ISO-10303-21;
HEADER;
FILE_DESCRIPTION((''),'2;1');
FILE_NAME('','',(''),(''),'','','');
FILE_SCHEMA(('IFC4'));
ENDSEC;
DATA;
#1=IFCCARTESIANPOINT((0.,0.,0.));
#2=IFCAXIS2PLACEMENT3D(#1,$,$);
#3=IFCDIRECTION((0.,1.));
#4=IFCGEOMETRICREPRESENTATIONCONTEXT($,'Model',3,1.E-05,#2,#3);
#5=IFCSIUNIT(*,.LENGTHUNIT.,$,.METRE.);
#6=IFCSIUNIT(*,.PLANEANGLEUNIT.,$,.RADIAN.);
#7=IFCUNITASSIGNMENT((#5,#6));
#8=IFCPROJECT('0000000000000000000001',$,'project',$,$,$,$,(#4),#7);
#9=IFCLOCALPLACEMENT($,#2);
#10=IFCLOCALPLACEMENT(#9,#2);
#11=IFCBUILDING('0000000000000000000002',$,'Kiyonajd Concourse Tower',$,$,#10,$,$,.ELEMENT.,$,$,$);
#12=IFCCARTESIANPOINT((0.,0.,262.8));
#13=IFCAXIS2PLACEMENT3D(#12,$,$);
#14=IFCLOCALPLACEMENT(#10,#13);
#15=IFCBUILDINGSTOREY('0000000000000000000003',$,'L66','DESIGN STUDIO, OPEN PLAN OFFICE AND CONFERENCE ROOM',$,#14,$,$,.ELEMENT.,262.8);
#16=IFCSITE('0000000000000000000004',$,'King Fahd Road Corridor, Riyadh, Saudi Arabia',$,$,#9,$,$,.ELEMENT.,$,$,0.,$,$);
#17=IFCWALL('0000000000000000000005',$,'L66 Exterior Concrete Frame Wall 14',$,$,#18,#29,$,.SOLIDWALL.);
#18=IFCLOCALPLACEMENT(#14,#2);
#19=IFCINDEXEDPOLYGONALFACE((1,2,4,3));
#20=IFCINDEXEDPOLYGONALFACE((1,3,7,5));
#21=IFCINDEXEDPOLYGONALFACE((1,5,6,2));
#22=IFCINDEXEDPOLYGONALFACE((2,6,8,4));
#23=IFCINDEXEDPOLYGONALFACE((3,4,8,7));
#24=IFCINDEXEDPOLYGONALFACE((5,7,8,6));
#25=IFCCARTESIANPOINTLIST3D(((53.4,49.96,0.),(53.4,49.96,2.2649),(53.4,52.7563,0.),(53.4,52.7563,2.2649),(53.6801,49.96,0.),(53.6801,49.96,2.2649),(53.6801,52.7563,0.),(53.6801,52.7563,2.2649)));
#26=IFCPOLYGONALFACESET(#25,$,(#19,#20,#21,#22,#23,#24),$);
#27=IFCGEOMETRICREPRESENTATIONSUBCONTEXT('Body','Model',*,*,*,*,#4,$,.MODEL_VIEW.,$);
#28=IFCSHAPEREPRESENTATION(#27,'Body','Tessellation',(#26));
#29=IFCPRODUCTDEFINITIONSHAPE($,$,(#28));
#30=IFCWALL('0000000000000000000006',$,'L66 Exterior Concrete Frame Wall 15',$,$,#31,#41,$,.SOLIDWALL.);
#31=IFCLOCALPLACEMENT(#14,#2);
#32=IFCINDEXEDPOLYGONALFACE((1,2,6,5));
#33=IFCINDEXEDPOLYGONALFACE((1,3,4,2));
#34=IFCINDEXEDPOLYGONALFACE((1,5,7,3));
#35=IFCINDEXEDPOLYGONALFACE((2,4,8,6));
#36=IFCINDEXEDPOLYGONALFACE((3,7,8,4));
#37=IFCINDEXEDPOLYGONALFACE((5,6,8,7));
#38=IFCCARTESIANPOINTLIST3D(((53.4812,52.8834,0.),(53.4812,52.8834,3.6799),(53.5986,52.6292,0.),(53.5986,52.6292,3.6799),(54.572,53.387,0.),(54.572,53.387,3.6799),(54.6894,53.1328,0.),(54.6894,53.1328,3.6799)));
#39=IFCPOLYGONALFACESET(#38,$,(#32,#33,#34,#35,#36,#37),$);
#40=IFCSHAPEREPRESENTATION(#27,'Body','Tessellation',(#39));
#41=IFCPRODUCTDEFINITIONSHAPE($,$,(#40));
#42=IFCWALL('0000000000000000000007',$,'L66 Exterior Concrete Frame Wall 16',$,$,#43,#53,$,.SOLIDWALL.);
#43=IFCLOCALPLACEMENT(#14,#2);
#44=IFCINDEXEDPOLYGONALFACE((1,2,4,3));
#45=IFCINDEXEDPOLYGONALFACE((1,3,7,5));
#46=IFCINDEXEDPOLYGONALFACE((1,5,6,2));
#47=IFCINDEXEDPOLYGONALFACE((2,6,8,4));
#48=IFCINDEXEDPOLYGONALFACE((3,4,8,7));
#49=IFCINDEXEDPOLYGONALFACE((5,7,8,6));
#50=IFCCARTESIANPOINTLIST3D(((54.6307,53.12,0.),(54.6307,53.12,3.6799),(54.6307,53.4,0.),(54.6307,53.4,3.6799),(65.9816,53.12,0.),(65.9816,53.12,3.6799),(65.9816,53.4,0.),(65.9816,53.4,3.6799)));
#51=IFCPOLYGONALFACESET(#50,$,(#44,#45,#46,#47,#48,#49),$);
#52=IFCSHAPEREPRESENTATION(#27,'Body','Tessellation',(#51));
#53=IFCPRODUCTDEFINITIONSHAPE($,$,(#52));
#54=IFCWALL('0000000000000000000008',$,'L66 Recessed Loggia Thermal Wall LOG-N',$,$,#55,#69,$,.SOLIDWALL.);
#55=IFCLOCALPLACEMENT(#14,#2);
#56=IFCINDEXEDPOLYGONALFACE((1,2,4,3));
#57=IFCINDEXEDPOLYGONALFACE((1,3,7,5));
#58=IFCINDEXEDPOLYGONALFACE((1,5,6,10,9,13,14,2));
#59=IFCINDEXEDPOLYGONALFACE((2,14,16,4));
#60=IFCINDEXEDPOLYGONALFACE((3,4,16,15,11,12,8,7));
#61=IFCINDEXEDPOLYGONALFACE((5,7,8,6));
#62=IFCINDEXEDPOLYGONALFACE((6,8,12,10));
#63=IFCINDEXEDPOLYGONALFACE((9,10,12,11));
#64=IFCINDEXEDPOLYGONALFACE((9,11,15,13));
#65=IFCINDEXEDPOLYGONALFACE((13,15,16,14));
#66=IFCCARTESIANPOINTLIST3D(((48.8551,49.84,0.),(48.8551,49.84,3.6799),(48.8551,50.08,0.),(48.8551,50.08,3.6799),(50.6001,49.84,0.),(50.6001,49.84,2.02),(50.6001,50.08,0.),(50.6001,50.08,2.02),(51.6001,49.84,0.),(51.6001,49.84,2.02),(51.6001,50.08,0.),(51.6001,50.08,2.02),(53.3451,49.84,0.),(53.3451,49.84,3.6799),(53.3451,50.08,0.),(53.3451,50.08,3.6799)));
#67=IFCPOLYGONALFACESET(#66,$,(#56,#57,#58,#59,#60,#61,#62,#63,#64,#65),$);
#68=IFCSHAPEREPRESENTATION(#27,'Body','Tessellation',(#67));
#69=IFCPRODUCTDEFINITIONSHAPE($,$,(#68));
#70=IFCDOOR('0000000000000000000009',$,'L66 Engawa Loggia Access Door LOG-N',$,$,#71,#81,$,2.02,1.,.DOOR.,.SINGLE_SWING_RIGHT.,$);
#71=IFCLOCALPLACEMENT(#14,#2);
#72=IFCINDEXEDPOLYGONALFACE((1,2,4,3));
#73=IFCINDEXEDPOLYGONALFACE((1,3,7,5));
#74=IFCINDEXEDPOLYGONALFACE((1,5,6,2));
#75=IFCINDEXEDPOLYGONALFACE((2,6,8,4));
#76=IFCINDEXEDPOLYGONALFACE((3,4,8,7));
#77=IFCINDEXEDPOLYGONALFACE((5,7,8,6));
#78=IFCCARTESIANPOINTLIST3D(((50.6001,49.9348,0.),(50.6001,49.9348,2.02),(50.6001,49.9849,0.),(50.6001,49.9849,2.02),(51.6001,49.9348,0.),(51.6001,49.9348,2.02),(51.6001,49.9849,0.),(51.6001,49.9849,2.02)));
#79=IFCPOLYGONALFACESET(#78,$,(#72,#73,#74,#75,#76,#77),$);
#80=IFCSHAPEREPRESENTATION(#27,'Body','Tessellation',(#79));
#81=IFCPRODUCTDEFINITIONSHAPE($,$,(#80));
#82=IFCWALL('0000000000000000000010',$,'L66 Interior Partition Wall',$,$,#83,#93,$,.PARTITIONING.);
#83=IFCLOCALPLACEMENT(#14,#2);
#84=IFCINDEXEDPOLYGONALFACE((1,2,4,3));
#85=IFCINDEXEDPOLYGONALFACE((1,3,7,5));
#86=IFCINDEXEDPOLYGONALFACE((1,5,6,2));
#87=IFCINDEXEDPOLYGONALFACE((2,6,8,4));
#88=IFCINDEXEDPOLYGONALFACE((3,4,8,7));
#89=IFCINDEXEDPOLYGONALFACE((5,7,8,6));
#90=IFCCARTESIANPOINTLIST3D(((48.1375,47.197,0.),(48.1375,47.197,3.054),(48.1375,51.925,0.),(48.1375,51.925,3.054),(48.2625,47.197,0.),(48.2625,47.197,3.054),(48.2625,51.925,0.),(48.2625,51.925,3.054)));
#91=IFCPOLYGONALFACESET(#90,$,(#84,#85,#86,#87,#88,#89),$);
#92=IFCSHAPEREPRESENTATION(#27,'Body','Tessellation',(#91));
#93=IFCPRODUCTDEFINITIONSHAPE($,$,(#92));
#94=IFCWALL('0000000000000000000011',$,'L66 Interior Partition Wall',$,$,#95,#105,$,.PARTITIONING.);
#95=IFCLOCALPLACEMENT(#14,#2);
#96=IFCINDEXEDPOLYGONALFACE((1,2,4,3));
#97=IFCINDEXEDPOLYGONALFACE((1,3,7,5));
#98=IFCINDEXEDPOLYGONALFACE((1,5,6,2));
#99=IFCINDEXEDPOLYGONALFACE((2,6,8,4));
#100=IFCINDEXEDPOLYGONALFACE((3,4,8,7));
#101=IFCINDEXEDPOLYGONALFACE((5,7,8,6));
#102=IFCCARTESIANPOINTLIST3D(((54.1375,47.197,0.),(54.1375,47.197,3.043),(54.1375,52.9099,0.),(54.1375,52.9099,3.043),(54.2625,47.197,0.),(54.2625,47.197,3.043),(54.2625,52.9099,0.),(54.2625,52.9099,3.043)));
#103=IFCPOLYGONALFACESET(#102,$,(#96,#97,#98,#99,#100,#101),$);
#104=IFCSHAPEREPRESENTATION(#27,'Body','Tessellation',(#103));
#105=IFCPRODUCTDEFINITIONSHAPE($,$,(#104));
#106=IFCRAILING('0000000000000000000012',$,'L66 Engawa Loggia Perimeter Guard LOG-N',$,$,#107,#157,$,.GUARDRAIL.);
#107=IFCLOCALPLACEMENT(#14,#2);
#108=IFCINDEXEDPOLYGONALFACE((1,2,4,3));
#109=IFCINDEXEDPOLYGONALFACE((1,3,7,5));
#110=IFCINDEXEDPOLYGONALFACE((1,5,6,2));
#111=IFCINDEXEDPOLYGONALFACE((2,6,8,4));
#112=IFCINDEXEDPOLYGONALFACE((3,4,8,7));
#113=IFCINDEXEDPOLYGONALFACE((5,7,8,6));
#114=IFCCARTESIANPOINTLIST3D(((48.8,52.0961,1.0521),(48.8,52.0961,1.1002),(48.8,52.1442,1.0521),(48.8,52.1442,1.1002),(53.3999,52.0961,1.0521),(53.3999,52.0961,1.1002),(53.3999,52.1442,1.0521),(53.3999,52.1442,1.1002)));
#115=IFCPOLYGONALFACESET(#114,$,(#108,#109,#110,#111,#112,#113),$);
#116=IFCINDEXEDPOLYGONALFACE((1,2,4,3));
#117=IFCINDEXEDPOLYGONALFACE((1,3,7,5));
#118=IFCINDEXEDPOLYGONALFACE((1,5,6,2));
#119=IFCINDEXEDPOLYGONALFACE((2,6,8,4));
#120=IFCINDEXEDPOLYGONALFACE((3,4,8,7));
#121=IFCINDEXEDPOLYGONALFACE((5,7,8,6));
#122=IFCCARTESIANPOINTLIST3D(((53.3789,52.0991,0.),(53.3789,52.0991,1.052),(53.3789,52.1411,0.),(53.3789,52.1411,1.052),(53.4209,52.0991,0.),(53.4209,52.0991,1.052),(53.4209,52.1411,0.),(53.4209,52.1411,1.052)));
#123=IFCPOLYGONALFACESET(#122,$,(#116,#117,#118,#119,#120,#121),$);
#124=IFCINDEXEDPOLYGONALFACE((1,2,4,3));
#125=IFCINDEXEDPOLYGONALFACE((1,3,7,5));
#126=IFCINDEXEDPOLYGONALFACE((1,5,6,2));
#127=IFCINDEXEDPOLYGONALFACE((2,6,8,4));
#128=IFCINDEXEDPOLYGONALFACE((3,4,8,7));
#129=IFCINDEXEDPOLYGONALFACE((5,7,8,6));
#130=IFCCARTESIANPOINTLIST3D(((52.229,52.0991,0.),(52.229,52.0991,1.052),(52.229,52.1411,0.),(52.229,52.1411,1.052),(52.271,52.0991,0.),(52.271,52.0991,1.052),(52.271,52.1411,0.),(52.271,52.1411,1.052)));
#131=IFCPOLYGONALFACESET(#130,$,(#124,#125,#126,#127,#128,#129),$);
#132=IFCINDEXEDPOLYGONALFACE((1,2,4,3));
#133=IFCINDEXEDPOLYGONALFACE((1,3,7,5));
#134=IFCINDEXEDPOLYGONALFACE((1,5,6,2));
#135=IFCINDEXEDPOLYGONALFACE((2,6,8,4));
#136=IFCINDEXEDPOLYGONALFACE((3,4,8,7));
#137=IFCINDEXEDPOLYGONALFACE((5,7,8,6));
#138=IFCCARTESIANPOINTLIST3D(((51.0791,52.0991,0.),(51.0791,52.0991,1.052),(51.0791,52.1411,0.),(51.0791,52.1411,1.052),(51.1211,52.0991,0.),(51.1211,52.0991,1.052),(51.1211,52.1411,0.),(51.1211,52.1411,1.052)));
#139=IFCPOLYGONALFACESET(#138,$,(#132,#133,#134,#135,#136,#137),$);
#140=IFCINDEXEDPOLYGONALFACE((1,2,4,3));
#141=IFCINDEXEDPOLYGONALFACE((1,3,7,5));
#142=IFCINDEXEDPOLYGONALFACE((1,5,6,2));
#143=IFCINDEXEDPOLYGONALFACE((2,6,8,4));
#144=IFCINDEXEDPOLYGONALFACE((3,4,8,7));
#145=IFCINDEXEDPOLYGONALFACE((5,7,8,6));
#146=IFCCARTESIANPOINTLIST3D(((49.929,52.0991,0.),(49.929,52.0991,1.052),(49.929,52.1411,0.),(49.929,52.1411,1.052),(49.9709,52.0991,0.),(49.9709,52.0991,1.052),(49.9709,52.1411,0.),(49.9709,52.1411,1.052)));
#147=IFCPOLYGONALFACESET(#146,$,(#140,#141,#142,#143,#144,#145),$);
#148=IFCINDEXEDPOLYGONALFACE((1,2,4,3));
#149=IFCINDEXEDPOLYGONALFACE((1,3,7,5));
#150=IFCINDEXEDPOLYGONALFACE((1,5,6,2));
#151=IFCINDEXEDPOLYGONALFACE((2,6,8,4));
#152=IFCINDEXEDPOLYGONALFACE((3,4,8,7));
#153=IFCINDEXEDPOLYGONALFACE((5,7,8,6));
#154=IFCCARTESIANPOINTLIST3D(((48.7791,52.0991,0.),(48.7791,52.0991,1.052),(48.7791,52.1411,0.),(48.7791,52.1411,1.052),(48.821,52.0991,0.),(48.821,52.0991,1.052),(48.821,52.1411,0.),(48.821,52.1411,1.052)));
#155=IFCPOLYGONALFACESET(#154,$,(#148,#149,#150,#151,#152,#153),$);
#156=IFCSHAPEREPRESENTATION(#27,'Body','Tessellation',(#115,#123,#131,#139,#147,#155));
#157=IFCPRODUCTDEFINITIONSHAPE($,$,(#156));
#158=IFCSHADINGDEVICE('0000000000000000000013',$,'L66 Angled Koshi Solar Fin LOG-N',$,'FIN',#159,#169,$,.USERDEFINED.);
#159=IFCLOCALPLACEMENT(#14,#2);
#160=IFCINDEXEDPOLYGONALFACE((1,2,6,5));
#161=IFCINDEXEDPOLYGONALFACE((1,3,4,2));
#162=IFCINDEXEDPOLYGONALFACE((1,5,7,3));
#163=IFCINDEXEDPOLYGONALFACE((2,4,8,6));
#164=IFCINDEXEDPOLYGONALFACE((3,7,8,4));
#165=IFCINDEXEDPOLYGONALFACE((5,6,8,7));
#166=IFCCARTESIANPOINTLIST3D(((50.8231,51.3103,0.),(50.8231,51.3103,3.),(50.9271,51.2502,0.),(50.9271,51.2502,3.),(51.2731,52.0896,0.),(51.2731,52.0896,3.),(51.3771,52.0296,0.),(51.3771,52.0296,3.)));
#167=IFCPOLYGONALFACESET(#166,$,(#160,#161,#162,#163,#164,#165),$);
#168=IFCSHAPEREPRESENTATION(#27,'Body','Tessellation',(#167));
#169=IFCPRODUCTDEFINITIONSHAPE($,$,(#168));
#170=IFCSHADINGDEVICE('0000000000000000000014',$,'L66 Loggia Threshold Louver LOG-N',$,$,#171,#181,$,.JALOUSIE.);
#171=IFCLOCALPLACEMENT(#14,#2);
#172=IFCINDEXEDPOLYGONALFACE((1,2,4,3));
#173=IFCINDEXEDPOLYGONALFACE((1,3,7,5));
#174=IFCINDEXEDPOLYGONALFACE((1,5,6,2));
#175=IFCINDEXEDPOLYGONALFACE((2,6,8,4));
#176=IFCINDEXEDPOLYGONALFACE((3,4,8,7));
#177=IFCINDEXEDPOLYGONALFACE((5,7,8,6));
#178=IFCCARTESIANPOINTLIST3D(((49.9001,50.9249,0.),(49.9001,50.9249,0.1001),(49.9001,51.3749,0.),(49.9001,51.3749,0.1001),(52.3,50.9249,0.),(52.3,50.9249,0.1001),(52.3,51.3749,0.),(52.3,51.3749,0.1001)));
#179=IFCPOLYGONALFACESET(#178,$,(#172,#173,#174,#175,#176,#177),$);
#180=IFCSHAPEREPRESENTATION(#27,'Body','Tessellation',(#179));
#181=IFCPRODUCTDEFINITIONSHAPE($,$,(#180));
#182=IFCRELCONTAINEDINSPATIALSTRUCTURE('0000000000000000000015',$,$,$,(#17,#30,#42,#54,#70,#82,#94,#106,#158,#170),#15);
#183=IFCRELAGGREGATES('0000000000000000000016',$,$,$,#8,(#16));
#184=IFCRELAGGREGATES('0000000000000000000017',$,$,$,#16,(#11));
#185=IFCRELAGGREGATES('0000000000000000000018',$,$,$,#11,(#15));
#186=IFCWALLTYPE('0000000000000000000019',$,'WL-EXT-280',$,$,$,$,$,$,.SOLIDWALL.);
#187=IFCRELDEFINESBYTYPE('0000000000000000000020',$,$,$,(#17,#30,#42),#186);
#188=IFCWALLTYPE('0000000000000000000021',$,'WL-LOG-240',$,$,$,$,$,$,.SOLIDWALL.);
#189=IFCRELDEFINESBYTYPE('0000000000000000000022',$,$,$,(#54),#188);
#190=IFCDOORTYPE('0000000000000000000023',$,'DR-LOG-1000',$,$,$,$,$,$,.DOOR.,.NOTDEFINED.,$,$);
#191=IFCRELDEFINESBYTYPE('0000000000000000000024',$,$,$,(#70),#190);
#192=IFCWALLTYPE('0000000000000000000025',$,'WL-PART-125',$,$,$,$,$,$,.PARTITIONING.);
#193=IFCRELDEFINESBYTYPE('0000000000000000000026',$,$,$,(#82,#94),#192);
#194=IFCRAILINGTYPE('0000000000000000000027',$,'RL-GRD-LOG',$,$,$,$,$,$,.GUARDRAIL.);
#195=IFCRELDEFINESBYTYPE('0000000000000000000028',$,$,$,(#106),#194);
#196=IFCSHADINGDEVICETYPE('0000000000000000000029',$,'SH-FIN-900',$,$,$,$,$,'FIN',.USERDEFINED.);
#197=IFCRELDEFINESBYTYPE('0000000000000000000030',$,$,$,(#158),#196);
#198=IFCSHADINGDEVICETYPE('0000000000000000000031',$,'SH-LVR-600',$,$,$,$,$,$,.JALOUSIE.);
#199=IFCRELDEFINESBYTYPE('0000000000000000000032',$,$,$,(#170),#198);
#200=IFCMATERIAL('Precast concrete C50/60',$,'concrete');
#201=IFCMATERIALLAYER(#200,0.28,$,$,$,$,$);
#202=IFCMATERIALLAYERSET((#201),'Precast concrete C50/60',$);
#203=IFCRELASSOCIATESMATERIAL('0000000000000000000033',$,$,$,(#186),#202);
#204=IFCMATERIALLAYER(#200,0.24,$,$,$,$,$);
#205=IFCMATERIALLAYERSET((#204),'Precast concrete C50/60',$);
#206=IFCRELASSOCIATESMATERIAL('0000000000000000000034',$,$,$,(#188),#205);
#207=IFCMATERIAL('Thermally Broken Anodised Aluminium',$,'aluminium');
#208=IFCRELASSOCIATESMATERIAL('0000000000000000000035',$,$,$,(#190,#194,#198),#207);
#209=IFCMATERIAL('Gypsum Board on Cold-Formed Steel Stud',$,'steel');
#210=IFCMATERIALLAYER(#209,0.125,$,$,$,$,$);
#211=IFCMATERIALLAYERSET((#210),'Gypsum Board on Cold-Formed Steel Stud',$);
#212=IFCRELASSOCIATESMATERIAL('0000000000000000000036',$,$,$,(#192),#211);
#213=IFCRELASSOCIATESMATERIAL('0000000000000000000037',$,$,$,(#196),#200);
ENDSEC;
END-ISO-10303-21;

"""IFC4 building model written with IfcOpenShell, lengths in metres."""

from ifc_helpers import new_model, si_unit, direction, frame, frame_2d, origin, origin_2d, place, context, subcontext, project, spatial, rectangle, extrude, material, layer, layer_set, type_object, element, fill, save


model = new_model("IFC4")

# Units and contexts
model_context = context("Model", 3, precision=1e-05, world=origin(), true_north=direction((0.0, 1.0)))
body_context = subcontext(model_context, "Body", "Model", "MODEL_VIEW")
ifc_project = project(units=[si_unit("LENGTHUNIT", "METRE"), si_unit("PLANEANGLEUNIT", "RADIAN")], contexts=[model_context])

# Site, building, storey
site_placement = place(None, origin())
site = spatial("IfcSite", under=ifc_project, at=site_placement, Name="King Fahd Road Corridor, Riyadh, Saudi Arabia", CompositionType="ELEMENT", RefElevation=0.0)
building_placement = place(site_placement, origin())
building = spatial("IfcBuilding", under=site, at=building_placement, Name="Kiyonajd Concourse Tower", CompositionType="ELEMENT")
storey_placement = place(building_placement, frame((0.0, 0.0, 262.8)))
storey = spatial("IfcBuildingStorey", under=building, at=storey_placement, Name="L66", Description="DESIGN STUDIO, OPEN PLAN OFFICE AND CONFERENCE ROOM", CompositionType="ELEMENT", Elevation=262.8)

# Shared definitions
ifc_material_1 = material(Name="Thermally Broken Anodised Aluminium", Category="aluminium")

# Walls
ifc_material_2 = material(Name="Precast concrete C50/60", Category="concrete")
ifc_layer_1 = layer(ifc_material_2, 0.28)
ifc_layer_set_1 = layer_set([ifc_layer_1], Name="Precast concrete C50/60")
wall_type_1 = type_object("IfcWallType", Name="WL-EXT-280", PredefinedType="SOLIDWALL", material=ifc_layer_set_1)
wall_1_placement = place(storey_placement, frame((53.54, 49.96, 0.0), z_axis=(0.0, 0.0, 1.0), x_axis=(0.0, 1.0, 0.0)))
element("IfcWall", 1, at=wall_1_placement, inside=storey, type_object=wall_type_1, Name="L66 Exterior Concrete Frame Wall 14", PredefinedType="SOLIDWALL", context=body_context, shape_type="SweptSolid", body=[
    extrude(rectangle(XDim=2.7964, YDim=0.28, at=frame_2d((1.3982, 0.0))), origin(), (0.0, 0.0, 1.0), 2.2649),
])
wall_2_placement = place(storey_placement, frame((53.54, 52.7563, 0.0), z_axis=(0.0, 0.0, 1.0), x_axis=(0.907894, 0.4192, 0.0)))
element("IfcWall", 2, at=wall_2_placement, inside=storey, type_object=wall_type_1, Name="L66 Exterior Concrete Frame Wall 15", PredefinedType="SOLIDWALL", context=body_context, shape_type="SweptSolid", body=[
    extrude(rectangle(XDim=1.2014, YDim=0.28, at=frame_2d((0.6006, 0.0))), origin(), (0.0, 0.0, 1.0), 3.6799),
])
wall_3_placement = place(storey_placement, frame((54.6309, 53.26, 0.0), z_axis=(0.0, 0.0, 1.0), x_axis=(1.0, 0.0, 0.0)))
element("IfcWall", 3, at=wall_3_placement, inside=storey, type_object=wall_type_1, Name="L66 Exterior Concrete Frame Wall 16", PredefinedType="SOLIDWALL", context=body_context, shape_type="SweptSolid", body=[
    extrude(rectangle(XDim=11.3508, YDim=0.28, at=frame_2d((5.6753, 0.0))), origin(), (0.0, 0.0, 1.0), 3.6799),
])

# Wall, opening, door
ifc_layer_2 = layer(ifc_material_2, 0.24)
ifc_layer_set_2 = layer_set([ifc_layer_2], Name="Precast concrete C50/60")
wall_type_2 = type_object("IfcWallType", Name="WL-LOG-240", PredefinedType="SOLIDWALL", material=ifc_layer_set_2)
wall_4_placement = place(storey_placement, frame((48.855, 49.96, 0.0), z_axis=(0.0, 0.0, 1.0), x_axis=(1.0, 0.0, 0.0)))
wall_4 = element("IfcWall", 4, at=wall_4_placement, inside=storey, type_object=wall_type_2, Name="L66 Recessed Loggia Thermal Wall LOG-N", PredefinedType="SOLIDWALL", context=body_context, shape_type="SweptSolid", body=[
    extrude(rectangle(XDim=4.49, YDim=0.24, at=frame_2d((2.2451, 0.0))), origin(), (0.0, 0.0, 1.0), 3.6799),
])
opening_placement = place(wall_4_placement, frame((1.7451, 0.0, 0.0)))
opening = element("IfcOpeningElement", 5, at=opening_placement, cuts=wall_4, PredefinedType="OPENING", context=body_context, shape_type="SweptSolid", body=[
    extrude(rectangle(XDim=1.0, YDim=2.02, at=frame_2d((0.5, 1.01))), frame((0.0, 0.1299, 0.0), z_axis=(0.0, -1.0, 0.0), x_axis=(1.0, 0.0, 0.0)), (0.0, 0.0, 1.0), 0.26),
])
door_type = type_object("IfcDoorType", Name="DR-LOG-1000", OperationType="NOTDEFINED", PredefinedType="DOOR", material=ifc_material_1)
door_placement = place(opening_placement, origin())
door = element("IfcDoor", 6, at=door_placement, inside=storey, type_object=door_type, Name="L66 Engawa Loggia Access Door LOG-N", OperationType="SINGLE_SWING_RIGHT", OverallHeight=2.02, OverallWidth=1.0, PredefinedType="DOOR", context=body_context, shape_type="SweptSolid", body=[
    extrude(rectangle(XDim=1.0, YDim=2.02, at=frame_2d((0.5, 1.01))), frame((0.0, 0.0249, 0.0), z_axis=(0.0, -1.0, 0.0), x_axis=(1.0, 0.0, 0.0)), (0.0, 0.0, 1.0), 0.05),
])
fill(opening, door)

# Walls
ifc_material_3 = material(Name="Gypsum Board on Cold-Formed Steel Stud", Category="steel")
ifc_layer_3 = layer(ifc_material_3, 0.125)
ifc_layer_set_3 = layer_set([ifc_layer_3], Name="Gypsum Board on Cold-Formed Steel Stud")
wall_type_3 = type_object("IfcWallType", Name="WL-PART-125", PredefinedType="PARTITIONING", material=ifc_layer_set_3)
wall_5_placement = place(storey_placement, frame((48.2, 47.197, 0.0), z_axis=(0.0, 0.0, 1.0), x_axis=(0.0, 1.0, 0.0)))
element("IfcWall", 7, at=wall_5_placement, inside=storey, type_object=wall_type_3, Name="L66 Interior Partition Wall", PredefinedType="PARTITIONING", context=body_context, shape_type="SweptSolid", body=[
    extrude(rectangle(XDim=4.728, YDim=0.125, at=frame_2d((2.364, 0.0))), origin(), (0.0, 0.0, 1.0), 3.054),
])
wall_6_placement = place(storey_placement, frame((54.2, 47.197, 0.0), z_axis=(0.0, 0.0, 1.0), x_axis=(0.0, 1.0, 0.0)))
element("IfcWall", 8, at=wall_6_placement, inside=storey, type_object=wall_type_3, Name="L66 Interior Partition Wall", PredefinedType="PARTITIONING", context=body_context, shape_type="SweptSolid", body=[
    extrude(rectangle(XDim=5.7129, YDim=0.125, at=frame_2d((2.8564, 0.0))), origin(), (0.0, 0.0, 1.0), 3.043),
])

# Railing
railing_type = type_object("IfcRailingType", Name="RL-GRD-LOG", PredefinedType="GUARDRAIL", material=ifc_material_1)
railing_placement = place(storey_placement, frame((53.3999, 52.1201, 0.0)))
element("IfcRailing", 9, at=railing_placement, inside=storey, type_object=railing_type, Name="L66 Engawa Loggia Perimeter Guard LOG-N", PredefinedType="GUARDRAIL", context=body_context, shape_type="SweptSolid", body=[
    extrude(rectangle(XDim=0.0481, YDim=0.0481, at=origin_2d()), frame((0.0, 0.0, 1.0762), z_axis=(-1.0, 0.0, 0.0), x_axis=(0.0, -1.0, 0.0)), (0.0, 0.0, 1.0), 4.5999),
    extrude(rectangle(XDim=0.042, YDim=0.042, at=origin_2d()), origin(), (0.0, 0.0, 1.0), 1.052),
    extrude(rectangle(XDim=0.042, YDim=0.042, at=origin_2d()), frame((-1.1499, 0.0, 0.0)), (0.0, 0.0, 1.0), 1.052),
    extrude(rectangle(XDim=0.042, YDim=0.042, at=origin_2d()), frame((-2.2998, 0.0, 0.0)), (0.0, 0.0, 1.0), 1.052),
    extrude(rectangle(XDim=0.042, YDim=0.042, at=origin_2d()), frame((-3.45, 0.0, 0.0)), (0.0, 0.0, 1.0), 1.052),
    extrude(rectangle(XDim=0.042, YDim=0.042, at=origin_2d()), frame((-4.5999, 0.0, 0.0)), (0.0, 0.0, 1.0), 1.052),
])

# Shading devices
shading_device_type_1 = type_object("IfcShadingDeviceType", Name="SH-FIN-900", ElementType="FIN", PredefinedType="USERDEFINED", material=ifc_material_2)
shading_device_1_placement = place(storey_placement, frame((51.1001, 51.6699, 0.0), z_axis=(0.0, 0.0, 1.0), x_axis=(0.5, 0.866025, 0.0)))
element("IfcShadingDevice", 10, at=shading_device_1_placement, inside=storey, type_object=shading_device_type_1, Name="L66 Angled Koshi Solar Fin LOG-N", ObjectType="FIN", PredefinedType="USERDEFINED", context=body_context, shape_type="SweptSolid", body=[
    extrude(rectangle(XDim=0.8999, YDim=0.1201, at=origin_2d()), origin(), (0.0, 0.0, 1.0), 3.0),
])
shading_device_type_2 = type_object("IfcShadingDeviceType", Name="SH-LVR-600", PredefinedType="JALOUSIE", material=ifc_material_1)
shading_device_2_placement = place(storey_placement, frame((51.1001, 51.1499, 0.0), z_axis=(0.0, 0.0, 1.0), x_axis=(1.0, 0.0, 0.0)))
element("IfcShadingDevice", 11, at=shading_device_2_placement, inside=storey, type_object=shading_device_type_2, Name="L66 Loggia Threshold Louver LOG-N", PredefinedType="JALOUSIE", context=body_context, shape_type="SweptSolid", body=[
    extrude(rectangle(XDim=2.3999, YDim=0.45, at=origin_2d()), origin(), (0.0, 0.0, 1.0), 0.1001),
])

save(model, "model.ifc")
